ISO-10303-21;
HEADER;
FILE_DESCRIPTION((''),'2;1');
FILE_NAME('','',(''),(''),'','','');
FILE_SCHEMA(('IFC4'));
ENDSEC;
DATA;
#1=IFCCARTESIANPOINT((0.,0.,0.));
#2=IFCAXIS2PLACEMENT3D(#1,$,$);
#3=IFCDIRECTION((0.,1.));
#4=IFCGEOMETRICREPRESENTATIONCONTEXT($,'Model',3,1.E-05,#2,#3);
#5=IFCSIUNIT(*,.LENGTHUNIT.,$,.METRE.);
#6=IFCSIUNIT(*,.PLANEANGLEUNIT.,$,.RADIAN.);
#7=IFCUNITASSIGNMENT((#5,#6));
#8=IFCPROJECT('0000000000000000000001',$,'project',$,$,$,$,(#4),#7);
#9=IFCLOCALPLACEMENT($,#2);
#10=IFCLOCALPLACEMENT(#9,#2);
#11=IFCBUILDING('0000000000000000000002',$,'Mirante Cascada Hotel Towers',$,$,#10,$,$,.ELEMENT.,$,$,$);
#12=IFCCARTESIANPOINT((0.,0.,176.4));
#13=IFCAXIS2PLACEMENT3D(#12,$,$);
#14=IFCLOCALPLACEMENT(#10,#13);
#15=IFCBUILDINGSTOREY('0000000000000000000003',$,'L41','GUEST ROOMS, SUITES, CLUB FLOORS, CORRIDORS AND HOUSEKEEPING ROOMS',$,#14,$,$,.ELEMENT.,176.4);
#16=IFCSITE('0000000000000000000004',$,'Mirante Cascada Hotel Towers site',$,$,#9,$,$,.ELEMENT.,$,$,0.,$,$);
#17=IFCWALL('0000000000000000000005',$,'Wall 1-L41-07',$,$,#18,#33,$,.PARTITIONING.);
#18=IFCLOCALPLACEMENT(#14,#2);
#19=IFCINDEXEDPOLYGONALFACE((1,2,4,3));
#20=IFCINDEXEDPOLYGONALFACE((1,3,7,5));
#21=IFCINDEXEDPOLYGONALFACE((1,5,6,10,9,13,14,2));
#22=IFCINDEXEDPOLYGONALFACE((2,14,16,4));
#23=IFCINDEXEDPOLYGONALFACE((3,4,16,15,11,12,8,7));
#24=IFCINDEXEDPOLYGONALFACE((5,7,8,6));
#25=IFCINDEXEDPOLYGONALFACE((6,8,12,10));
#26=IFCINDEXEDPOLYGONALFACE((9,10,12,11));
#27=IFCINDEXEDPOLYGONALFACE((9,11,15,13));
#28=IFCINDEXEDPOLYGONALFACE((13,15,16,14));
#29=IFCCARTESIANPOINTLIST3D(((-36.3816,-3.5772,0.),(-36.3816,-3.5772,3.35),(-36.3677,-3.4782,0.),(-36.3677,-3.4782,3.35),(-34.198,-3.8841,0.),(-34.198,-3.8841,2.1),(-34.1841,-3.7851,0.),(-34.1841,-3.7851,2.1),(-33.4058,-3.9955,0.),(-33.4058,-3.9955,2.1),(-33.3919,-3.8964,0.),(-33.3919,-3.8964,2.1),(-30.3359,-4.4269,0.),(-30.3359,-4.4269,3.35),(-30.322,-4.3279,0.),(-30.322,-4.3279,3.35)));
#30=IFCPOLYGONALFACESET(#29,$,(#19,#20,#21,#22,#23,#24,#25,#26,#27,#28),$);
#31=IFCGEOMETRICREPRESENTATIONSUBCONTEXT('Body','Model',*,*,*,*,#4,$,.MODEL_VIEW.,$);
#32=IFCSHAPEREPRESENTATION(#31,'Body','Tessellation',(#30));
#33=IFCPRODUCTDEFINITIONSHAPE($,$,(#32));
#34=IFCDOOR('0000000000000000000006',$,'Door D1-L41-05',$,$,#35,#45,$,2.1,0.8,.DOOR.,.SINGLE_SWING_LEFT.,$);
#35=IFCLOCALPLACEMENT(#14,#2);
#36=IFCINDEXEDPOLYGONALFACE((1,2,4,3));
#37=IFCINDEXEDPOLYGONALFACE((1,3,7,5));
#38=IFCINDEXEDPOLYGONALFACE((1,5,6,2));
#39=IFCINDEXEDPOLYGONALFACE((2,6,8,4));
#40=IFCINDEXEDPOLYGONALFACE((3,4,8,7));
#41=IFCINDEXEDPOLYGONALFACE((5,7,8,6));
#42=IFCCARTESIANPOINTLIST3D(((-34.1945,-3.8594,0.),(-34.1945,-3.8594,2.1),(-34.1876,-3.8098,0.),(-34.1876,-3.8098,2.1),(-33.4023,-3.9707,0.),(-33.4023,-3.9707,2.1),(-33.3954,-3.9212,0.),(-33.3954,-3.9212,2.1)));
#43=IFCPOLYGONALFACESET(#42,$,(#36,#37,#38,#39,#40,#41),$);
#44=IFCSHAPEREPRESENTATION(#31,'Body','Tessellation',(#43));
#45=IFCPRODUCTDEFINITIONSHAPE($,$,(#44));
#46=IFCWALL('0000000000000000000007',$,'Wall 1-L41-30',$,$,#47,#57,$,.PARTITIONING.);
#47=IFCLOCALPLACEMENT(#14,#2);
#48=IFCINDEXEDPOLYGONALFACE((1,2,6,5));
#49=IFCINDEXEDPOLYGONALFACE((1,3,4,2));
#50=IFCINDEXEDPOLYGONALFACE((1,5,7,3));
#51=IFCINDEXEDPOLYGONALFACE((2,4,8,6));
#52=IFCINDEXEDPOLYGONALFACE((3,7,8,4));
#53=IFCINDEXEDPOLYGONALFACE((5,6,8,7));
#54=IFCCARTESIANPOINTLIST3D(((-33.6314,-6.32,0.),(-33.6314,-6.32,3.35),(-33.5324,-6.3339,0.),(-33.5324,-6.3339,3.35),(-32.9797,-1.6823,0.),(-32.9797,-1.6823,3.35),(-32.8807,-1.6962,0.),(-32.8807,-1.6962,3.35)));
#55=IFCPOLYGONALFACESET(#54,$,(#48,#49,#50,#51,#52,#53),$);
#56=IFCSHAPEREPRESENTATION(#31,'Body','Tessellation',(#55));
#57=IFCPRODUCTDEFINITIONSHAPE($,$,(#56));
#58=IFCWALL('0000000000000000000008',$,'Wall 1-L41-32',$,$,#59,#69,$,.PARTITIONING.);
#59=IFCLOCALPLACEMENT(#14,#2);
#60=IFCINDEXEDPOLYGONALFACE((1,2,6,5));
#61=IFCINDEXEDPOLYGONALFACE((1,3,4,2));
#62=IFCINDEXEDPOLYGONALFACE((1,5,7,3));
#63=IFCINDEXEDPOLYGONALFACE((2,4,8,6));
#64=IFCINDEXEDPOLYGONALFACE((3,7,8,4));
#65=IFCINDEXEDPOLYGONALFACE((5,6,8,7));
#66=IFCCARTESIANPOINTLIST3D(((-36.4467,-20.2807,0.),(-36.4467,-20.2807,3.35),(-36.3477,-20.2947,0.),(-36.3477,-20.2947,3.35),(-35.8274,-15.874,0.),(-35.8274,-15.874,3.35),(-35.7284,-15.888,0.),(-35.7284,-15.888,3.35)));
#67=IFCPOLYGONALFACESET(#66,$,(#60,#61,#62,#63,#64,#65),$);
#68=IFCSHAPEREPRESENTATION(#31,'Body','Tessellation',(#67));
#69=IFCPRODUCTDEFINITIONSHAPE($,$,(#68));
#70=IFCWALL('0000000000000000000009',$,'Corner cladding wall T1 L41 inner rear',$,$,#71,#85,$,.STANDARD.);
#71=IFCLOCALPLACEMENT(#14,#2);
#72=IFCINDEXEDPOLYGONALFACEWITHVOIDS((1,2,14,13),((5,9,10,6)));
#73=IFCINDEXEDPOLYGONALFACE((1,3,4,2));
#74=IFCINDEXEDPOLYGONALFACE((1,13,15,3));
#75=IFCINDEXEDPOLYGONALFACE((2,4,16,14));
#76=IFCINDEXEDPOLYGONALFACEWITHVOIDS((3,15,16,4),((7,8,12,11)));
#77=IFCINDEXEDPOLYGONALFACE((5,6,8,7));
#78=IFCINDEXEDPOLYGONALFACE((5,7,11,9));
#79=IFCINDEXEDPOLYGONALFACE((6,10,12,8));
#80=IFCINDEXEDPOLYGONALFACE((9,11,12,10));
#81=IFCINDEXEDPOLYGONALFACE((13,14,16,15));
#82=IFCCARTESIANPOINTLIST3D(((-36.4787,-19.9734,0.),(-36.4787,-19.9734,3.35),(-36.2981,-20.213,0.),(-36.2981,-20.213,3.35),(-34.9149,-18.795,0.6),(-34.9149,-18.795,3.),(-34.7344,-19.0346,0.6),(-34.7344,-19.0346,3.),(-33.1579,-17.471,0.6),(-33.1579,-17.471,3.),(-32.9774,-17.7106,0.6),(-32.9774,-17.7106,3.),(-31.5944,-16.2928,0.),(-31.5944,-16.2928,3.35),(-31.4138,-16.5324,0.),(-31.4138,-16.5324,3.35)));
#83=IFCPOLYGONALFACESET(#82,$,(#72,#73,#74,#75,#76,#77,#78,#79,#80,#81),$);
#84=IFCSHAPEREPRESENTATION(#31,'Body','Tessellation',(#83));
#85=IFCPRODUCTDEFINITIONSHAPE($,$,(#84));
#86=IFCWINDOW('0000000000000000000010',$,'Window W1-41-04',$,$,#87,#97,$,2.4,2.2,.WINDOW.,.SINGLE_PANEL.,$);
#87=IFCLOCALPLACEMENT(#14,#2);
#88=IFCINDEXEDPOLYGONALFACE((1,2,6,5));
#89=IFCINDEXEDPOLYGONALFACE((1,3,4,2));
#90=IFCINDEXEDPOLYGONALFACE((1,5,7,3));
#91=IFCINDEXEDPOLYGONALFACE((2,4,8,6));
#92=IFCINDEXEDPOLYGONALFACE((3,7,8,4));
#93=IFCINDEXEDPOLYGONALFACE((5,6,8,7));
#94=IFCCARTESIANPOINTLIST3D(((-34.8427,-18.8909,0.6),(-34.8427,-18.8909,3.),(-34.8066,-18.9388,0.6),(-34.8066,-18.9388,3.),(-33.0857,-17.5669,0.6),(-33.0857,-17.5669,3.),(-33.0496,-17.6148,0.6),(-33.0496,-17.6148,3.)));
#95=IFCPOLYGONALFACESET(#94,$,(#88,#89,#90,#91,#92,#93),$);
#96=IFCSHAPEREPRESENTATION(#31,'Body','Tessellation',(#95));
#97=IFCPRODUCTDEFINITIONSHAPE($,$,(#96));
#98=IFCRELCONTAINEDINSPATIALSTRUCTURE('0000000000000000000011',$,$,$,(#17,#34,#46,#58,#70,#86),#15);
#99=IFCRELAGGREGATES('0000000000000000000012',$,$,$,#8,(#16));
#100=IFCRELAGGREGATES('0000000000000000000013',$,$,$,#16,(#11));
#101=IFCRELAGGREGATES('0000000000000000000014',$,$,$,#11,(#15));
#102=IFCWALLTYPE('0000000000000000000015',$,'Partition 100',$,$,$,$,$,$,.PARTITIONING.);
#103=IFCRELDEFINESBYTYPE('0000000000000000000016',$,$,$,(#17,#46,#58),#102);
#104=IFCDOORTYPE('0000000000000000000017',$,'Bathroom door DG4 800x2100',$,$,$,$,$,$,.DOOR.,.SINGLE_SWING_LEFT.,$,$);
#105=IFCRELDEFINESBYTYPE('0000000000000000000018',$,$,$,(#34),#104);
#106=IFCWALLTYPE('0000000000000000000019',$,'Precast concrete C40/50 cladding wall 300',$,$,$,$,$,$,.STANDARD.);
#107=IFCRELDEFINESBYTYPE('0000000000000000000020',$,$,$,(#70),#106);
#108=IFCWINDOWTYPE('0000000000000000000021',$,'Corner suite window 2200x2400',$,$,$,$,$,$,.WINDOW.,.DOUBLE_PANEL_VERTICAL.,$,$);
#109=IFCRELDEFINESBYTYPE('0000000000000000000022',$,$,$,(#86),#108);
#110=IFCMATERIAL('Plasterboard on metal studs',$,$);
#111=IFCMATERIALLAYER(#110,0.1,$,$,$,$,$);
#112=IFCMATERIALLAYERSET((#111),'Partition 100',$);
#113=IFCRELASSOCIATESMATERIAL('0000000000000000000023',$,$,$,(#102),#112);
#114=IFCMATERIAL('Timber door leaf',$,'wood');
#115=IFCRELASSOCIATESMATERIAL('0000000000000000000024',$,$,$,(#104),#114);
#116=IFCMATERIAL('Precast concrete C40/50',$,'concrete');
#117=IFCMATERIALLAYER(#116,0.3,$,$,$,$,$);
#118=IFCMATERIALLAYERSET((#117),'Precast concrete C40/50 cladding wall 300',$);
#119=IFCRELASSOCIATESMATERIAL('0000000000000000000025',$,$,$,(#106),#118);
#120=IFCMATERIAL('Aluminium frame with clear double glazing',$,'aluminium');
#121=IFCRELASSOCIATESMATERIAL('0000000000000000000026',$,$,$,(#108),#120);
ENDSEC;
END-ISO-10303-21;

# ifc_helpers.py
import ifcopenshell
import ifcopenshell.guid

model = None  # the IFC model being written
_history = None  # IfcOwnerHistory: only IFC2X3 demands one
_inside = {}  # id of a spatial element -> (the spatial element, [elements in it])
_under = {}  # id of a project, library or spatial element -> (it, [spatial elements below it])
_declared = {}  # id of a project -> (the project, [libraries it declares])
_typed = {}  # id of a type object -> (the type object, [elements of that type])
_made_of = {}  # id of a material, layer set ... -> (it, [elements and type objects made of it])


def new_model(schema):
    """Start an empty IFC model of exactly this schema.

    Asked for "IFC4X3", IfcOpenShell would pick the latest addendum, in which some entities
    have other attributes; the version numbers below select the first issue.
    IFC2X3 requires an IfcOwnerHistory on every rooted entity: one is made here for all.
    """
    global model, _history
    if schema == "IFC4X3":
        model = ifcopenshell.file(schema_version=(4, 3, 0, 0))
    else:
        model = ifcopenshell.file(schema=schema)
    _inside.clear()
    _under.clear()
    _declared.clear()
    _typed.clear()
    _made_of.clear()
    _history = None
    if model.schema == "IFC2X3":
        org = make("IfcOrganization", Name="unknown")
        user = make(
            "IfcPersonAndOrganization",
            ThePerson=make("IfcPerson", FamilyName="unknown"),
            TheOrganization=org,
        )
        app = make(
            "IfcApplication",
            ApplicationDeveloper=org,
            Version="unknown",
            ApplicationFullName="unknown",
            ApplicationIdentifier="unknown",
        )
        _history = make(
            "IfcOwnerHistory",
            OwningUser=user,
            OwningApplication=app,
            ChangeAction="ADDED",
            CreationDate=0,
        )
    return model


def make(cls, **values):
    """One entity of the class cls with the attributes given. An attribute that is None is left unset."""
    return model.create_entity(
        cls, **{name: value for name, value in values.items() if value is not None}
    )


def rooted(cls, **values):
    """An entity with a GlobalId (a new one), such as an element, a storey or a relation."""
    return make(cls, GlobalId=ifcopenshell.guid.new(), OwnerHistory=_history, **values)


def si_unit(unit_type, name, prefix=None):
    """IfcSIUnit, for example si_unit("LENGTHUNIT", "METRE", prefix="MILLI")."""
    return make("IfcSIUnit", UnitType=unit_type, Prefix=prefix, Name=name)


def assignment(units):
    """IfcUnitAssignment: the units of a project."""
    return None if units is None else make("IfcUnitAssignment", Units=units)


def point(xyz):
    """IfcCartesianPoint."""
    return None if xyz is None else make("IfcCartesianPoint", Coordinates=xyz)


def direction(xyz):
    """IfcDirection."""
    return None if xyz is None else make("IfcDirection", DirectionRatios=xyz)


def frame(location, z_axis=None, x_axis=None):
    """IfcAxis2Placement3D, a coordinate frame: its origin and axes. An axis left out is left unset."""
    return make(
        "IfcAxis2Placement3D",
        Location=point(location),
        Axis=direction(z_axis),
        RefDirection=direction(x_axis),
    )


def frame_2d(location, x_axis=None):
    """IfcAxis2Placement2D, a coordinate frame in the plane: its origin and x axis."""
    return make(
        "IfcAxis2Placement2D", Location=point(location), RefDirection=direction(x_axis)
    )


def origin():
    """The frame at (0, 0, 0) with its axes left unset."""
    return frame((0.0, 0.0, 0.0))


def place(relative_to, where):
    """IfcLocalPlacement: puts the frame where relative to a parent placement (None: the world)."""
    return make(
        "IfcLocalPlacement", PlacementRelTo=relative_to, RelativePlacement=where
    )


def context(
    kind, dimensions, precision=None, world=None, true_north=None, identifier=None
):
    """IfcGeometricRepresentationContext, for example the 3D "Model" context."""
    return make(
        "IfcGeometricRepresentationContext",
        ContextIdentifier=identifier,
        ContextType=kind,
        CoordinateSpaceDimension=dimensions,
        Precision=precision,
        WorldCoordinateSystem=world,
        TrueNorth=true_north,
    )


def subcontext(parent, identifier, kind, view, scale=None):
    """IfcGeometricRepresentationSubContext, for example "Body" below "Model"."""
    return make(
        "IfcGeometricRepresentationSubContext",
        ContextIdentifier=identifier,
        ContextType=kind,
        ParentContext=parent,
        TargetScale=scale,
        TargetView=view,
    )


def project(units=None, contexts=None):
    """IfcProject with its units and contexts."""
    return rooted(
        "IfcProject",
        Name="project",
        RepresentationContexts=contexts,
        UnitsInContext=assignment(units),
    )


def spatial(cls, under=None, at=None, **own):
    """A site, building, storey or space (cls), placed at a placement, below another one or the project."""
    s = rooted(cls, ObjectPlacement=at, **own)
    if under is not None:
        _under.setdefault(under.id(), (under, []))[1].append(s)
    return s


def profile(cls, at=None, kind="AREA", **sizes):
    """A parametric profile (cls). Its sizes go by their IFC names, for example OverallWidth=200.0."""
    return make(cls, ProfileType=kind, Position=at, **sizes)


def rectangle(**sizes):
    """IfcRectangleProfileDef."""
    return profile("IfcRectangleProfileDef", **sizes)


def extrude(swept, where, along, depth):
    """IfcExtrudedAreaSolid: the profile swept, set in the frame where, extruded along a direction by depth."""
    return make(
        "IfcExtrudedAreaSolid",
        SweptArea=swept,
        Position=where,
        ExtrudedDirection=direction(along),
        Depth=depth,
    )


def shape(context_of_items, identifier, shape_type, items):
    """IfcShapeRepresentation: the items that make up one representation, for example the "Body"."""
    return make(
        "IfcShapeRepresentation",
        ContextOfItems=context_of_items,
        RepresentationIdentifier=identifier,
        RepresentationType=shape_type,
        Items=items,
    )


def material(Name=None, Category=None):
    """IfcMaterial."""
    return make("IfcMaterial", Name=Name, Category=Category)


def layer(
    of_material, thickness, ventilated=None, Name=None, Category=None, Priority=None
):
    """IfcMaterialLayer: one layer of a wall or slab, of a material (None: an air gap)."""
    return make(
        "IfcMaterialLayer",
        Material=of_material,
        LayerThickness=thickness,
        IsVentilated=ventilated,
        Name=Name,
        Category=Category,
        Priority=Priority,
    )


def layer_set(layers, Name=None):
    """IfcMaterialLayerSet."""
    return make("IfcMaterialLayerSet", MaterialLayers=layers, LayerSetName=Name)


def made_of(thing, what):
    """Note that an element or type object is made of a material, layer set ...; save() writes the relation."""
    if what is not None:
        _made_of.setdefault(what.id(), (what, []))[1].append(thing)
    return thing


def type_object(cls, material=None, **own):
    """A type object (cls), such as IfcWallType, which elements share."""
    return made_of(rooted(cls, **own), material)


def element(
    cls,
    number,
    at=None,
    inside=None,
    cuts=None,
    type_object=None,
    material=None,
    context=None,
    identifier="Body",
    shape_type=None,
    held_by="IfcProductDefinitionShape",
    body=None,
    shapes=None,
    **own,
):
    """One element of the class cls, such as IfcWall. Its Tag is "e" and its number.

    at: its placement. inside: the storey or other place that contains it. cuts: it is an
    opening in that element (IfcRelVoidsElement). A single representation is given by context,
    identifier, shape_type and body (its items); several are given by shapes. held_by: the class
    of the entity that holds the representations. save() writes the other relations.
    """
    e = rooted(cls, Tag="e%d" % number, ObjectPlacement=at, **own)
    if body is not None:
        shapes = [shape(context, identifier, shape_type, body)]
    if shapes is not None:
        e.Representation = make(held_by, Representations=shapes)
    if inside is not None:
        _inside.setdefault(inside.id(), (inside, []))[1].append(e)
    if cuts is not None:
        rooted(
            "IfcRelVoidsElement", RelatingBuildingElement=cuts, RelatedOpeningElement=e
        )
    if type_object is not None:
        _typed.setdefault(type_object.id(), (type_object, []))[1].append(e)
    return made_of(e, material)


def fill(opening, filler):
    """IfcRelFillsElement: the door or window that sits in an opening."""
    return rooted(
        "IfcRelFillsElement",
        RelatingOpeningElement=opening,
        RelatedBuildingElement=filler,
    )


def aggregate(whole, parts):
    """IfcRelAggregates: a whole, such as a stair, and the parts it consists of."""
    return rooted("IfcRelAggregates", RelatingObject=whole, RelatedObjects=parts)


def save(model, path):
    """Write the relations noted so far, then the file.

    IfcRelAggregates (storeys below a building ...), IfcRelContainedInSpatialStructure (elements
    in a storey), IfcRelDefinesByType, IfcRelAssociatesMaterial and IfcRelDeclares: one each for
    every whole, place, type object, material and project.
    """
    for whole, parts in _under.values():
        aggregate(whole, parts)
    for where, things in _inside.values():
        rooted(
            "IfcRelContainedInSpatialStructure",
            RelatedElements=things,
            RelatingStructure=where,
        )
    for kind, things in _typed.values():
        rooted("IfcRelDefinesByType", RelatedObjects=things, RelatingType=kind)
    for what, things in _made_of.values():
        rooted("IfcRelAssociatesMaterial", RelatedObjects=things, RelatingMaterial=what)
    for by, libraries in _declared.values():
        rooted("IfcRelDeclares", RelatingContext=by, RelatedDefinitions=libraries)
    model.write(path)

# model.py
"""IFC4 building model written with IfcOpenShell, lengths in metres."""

from ifc_helpers import new_model, si_unit, direction, frame, frame_2d, origin, place, context, subcontext, project, spatial, rectangle, extrude, material, layer, layer_set, type_object, element, fill, save


model = new_model("IFC4")

# Units and contexts
model_context = context("Model", 3, precision=1e-05, world=origin(), true_north=direction((0.0, 1.0)))
body_context = subcontext(model_context, "Body", "Model", "MODEL_VIEW")
ifc_project = project(units=[si_unit("LENGTHUNIT", "METRE"), si_unit("PLANEANGLEUNIT", "RADIAN")], contexts=[model_context])

# Site, building, storey
site_placement = place(None, origin())
site = spatial("IfcSite", under=ifc_project, at=site_placement, Name="Mirante Cascada Hotel Towers site", CompositionType="ELEMENT", RefElevation=0.0)
building_placement = place(site_placement, origin())
building = spatial("IfcBuilding", under=site, at=building_placement, Name="Mirante Cascada Hotel Towers", CompositionType="ELEMENT")
storey_placement = place(building_placement, frame((0.0, 0.0, 176.4)))
storey = spatial("IfcBuildingStorey", under=building, at=storey_placement, Name="L41", Description="GUEST ROOMS, SUITES, CLUB FLOORS, CORRIDORS AND HOUSEKEEPING ROOMS", CompositionType="ELEMENT", Elevation=176.4)

# Wall, opening, door
ifc_material_1 = material(Name="Plasterboard on metal studs")
ifc_layer_1 = layer(ifc_material_1, 0.1)
ifc_layer_set_1 = layer_set([ifc_layer_1], Name="Partition 100")
wall_type_1 = type_object("IfcWallType", Name="Partition 100", PredefinedType="PARTITIONING", material=ifc_layer_set_1)
wall_1_placement = place(storey_placement, frame((-36.3747, -3.5277, 0.0), z_axis=(0.0, 0.0, 1.0), x_axis=(0.990267, -0.139178, 0.0)))
wall_1 = element("IfcWall", 1, at=wall_1_placement, inside=storey, type_object=wall_type_1, Name="Wall 1-L41-07", PredefinedType="PARTITIONING", context=body_context, shape_type="SweptSolid", body=[
    extrude(rectangle(XDim=6.1051, YDim=0.1, at=frame_2d((3.0526, 0.0))), origin(), (0.0, 0.0, 1.0), 3.35),
])
opening_1_placement = place(wall_1_placement, frame((2.2051, 0.0, 0.0)))
opening_1 = element("IfcOpeningElement", 2, at=opening_1_placement, cuts=wall_1, PredefinedType="OPENING", context=body_context, shape_type="SweptSolid", body=[
    extrude(rectangle(XDim=0.8, YDim=2.1, at=frame_2d((0.4, 1.05))), frame((0.0, 0.05, 0.0), z_axis=(0.0, -1.0, 0.0), x_axis=(1.0, 0.0, 0.0)), (0.0, 0.0, 1.0), 0.1),
])
ifc_material_2 = material(Name="Timber door leaf", Category="wood")
door_type_1 = type_object("IfcDoorType", Name="Bathroom door DG4 800x2100", OperationType="SINGLE_SWING_LEFT", PredefinedType="DOOR", material=ifc_material_2)
door_1_placement = place(opening_1_placement, origin())
door_1 = element("IfcDoor", 3, at=door_1_placement, inside=storey, type_object=door_type_1, Name="Door D1-L41-05", OperationType="SINGLE_SWING_LEFT", OverallHeight=2.1, OverallWidth=0.8, PredefinedType="DOOR", context=body_context, shape_type="SweptSolid", body=[
    extrude(rectangle(XDim=0.8, YDim=2.1, at=frame_2d((0.4, 1.05))), frame((0.0, 0.025, 0.0), z_axis=(0.0, -1.0, 0.0), x_axis=(1.0, 0.0, 0.0)), (0.0, 0.0, 1.0), 0.05),
])
fill(opening_1, door_1)

# Walls
wall_2_placement = place(storey_placement, frame((-33.5819, -6.3269, 0.0), z_axis=(0.0, 0.0, 1.0), x_axis=(0.139155, 0.990271, 0.0)))
element("IfcWall", 4, at=wall_2_placement, inside=storey, type_object=wall_type_1, Name="Wall 1-L41-30", PredefinedType="PARTITIONING", context=body_context, shape_type="SweptSolid", body=[
    extrude(rectangle(XDim=4.6833, YDim=0.1, at=frame_2d((2.3416, 0.0))), origin(), (0.0, 0.0, 1.0), 3.35),
])
wall_3_placement = place(storey_placement, frame((-36.3972, -20.2877, 0.0), z_axis=(0.0, 0.0, 1.0), x_axis=(0.139168, 0.990269, 0.0)))
element("IfcWall", 5, at=wall_3_placement, inside=storey, type_object=wall_type_1, Name="Wall 1-L41-32", PredefinedType="PARTITIONING", context=body_context, shape_type="SweptSolid", body=[
    extrude(rectangle(XDim=4.45, YDim=0.1, at=frame_2d((2.225, 0.0))), origin(), (0.0, 0.0, 1.0), 3.35),
])

# Wall, opening, window
ifc_material_3 = material(Name="Precast concrete C40/50", Category="concrete")
ifc_layer_2 = layer(ifc_material_3, 0.3)
ifc_layer_set_2 = layer_set([ifc_layer_2], Name="Precast concrete C40/50 cladding wall 300")
wall_type_2 = type_object("IfcWallType", Name="Precast concrete C40/50 cladding wall 300", PredefinedType="STANDARD", material=ifc_layer_set_2)
wall_4_placement = place(storey_placement, frame((-31.5041, -16.4126, 0.0), z_axis=(0.0, 0.0, 1.0), x_axis=(-0.798634, -0.601817, 0.0)))
wall_4 = element("IfcWall", 6, at=wall_4_placement, inside=storey, type_object=wall_type_2, Name="Corner cladding wall T1 L41 inner rear", PredefinedType="STANDARD", context=body_context, shape_type="SweptSolid", body=[
    extrude(rectangle(XDim=6.1158, YDim=0.3, at=frame_2d((3.0579, 0.0))), origin(), (0.0, 0.0, 1.0), 3.35),
])
opening_2_placement = place(wall_4_placement, frame((1.9578, 0.0, 0.6)))
opening_2 = element("IfcOpeningElement", 7, at=opening_2_placement, cuts=wall_4, PredefinedType="OPENING", context=body_context, shape_type="SweptSolid", body=[
    extrude(rectangle(XDim=2.2, YDim=2.4, at=frame_2d((1.1, 1.2))), frame((0.0, 0.15, 0.0), z_axis=(0.0, -1.0, 0.0), x_axis=(1.0, 0.0, 0.0)), (0.0, 0.0, 1.0), 0.3),
])
ifc_material_4 = material(Name="Aluminium frame with clear double glazing", Category="aluminium")
window_type = type_object("IfcWindowType", Name="Corner suite window 2200x2400", PartitioningType="DOUBLE_PANEL_VERTICAL", PredefinedType="WINDOW", material=ifc_material_4)
window_placement = place(opening_2_placement, origin())
window = element("IfcWindow", 8, at=window_placement, inside=storey, type_object=window_type, Name="Window W1-41-04", OverallHeight=2.4, OverallWidth=2.2, PartitioningType="SINGLE_PANEL", PredefinedType="WINDOW", context=body_context, shape_type="SweptSolid", body=[
    extrude(rectangle(XDim=2.2, YDim=2.4, at=frame_2d((1.1, 1.2))), frame((0.0, 0.03, 0.0), z_axis=(0.0, -1.0, 0.0), x_axis=(1.0, 0.0, 0.0)), (0.0, 0.0, 1.0), 0.06),
])
fill(opening_2, window)

save(model, "model.ifc")
